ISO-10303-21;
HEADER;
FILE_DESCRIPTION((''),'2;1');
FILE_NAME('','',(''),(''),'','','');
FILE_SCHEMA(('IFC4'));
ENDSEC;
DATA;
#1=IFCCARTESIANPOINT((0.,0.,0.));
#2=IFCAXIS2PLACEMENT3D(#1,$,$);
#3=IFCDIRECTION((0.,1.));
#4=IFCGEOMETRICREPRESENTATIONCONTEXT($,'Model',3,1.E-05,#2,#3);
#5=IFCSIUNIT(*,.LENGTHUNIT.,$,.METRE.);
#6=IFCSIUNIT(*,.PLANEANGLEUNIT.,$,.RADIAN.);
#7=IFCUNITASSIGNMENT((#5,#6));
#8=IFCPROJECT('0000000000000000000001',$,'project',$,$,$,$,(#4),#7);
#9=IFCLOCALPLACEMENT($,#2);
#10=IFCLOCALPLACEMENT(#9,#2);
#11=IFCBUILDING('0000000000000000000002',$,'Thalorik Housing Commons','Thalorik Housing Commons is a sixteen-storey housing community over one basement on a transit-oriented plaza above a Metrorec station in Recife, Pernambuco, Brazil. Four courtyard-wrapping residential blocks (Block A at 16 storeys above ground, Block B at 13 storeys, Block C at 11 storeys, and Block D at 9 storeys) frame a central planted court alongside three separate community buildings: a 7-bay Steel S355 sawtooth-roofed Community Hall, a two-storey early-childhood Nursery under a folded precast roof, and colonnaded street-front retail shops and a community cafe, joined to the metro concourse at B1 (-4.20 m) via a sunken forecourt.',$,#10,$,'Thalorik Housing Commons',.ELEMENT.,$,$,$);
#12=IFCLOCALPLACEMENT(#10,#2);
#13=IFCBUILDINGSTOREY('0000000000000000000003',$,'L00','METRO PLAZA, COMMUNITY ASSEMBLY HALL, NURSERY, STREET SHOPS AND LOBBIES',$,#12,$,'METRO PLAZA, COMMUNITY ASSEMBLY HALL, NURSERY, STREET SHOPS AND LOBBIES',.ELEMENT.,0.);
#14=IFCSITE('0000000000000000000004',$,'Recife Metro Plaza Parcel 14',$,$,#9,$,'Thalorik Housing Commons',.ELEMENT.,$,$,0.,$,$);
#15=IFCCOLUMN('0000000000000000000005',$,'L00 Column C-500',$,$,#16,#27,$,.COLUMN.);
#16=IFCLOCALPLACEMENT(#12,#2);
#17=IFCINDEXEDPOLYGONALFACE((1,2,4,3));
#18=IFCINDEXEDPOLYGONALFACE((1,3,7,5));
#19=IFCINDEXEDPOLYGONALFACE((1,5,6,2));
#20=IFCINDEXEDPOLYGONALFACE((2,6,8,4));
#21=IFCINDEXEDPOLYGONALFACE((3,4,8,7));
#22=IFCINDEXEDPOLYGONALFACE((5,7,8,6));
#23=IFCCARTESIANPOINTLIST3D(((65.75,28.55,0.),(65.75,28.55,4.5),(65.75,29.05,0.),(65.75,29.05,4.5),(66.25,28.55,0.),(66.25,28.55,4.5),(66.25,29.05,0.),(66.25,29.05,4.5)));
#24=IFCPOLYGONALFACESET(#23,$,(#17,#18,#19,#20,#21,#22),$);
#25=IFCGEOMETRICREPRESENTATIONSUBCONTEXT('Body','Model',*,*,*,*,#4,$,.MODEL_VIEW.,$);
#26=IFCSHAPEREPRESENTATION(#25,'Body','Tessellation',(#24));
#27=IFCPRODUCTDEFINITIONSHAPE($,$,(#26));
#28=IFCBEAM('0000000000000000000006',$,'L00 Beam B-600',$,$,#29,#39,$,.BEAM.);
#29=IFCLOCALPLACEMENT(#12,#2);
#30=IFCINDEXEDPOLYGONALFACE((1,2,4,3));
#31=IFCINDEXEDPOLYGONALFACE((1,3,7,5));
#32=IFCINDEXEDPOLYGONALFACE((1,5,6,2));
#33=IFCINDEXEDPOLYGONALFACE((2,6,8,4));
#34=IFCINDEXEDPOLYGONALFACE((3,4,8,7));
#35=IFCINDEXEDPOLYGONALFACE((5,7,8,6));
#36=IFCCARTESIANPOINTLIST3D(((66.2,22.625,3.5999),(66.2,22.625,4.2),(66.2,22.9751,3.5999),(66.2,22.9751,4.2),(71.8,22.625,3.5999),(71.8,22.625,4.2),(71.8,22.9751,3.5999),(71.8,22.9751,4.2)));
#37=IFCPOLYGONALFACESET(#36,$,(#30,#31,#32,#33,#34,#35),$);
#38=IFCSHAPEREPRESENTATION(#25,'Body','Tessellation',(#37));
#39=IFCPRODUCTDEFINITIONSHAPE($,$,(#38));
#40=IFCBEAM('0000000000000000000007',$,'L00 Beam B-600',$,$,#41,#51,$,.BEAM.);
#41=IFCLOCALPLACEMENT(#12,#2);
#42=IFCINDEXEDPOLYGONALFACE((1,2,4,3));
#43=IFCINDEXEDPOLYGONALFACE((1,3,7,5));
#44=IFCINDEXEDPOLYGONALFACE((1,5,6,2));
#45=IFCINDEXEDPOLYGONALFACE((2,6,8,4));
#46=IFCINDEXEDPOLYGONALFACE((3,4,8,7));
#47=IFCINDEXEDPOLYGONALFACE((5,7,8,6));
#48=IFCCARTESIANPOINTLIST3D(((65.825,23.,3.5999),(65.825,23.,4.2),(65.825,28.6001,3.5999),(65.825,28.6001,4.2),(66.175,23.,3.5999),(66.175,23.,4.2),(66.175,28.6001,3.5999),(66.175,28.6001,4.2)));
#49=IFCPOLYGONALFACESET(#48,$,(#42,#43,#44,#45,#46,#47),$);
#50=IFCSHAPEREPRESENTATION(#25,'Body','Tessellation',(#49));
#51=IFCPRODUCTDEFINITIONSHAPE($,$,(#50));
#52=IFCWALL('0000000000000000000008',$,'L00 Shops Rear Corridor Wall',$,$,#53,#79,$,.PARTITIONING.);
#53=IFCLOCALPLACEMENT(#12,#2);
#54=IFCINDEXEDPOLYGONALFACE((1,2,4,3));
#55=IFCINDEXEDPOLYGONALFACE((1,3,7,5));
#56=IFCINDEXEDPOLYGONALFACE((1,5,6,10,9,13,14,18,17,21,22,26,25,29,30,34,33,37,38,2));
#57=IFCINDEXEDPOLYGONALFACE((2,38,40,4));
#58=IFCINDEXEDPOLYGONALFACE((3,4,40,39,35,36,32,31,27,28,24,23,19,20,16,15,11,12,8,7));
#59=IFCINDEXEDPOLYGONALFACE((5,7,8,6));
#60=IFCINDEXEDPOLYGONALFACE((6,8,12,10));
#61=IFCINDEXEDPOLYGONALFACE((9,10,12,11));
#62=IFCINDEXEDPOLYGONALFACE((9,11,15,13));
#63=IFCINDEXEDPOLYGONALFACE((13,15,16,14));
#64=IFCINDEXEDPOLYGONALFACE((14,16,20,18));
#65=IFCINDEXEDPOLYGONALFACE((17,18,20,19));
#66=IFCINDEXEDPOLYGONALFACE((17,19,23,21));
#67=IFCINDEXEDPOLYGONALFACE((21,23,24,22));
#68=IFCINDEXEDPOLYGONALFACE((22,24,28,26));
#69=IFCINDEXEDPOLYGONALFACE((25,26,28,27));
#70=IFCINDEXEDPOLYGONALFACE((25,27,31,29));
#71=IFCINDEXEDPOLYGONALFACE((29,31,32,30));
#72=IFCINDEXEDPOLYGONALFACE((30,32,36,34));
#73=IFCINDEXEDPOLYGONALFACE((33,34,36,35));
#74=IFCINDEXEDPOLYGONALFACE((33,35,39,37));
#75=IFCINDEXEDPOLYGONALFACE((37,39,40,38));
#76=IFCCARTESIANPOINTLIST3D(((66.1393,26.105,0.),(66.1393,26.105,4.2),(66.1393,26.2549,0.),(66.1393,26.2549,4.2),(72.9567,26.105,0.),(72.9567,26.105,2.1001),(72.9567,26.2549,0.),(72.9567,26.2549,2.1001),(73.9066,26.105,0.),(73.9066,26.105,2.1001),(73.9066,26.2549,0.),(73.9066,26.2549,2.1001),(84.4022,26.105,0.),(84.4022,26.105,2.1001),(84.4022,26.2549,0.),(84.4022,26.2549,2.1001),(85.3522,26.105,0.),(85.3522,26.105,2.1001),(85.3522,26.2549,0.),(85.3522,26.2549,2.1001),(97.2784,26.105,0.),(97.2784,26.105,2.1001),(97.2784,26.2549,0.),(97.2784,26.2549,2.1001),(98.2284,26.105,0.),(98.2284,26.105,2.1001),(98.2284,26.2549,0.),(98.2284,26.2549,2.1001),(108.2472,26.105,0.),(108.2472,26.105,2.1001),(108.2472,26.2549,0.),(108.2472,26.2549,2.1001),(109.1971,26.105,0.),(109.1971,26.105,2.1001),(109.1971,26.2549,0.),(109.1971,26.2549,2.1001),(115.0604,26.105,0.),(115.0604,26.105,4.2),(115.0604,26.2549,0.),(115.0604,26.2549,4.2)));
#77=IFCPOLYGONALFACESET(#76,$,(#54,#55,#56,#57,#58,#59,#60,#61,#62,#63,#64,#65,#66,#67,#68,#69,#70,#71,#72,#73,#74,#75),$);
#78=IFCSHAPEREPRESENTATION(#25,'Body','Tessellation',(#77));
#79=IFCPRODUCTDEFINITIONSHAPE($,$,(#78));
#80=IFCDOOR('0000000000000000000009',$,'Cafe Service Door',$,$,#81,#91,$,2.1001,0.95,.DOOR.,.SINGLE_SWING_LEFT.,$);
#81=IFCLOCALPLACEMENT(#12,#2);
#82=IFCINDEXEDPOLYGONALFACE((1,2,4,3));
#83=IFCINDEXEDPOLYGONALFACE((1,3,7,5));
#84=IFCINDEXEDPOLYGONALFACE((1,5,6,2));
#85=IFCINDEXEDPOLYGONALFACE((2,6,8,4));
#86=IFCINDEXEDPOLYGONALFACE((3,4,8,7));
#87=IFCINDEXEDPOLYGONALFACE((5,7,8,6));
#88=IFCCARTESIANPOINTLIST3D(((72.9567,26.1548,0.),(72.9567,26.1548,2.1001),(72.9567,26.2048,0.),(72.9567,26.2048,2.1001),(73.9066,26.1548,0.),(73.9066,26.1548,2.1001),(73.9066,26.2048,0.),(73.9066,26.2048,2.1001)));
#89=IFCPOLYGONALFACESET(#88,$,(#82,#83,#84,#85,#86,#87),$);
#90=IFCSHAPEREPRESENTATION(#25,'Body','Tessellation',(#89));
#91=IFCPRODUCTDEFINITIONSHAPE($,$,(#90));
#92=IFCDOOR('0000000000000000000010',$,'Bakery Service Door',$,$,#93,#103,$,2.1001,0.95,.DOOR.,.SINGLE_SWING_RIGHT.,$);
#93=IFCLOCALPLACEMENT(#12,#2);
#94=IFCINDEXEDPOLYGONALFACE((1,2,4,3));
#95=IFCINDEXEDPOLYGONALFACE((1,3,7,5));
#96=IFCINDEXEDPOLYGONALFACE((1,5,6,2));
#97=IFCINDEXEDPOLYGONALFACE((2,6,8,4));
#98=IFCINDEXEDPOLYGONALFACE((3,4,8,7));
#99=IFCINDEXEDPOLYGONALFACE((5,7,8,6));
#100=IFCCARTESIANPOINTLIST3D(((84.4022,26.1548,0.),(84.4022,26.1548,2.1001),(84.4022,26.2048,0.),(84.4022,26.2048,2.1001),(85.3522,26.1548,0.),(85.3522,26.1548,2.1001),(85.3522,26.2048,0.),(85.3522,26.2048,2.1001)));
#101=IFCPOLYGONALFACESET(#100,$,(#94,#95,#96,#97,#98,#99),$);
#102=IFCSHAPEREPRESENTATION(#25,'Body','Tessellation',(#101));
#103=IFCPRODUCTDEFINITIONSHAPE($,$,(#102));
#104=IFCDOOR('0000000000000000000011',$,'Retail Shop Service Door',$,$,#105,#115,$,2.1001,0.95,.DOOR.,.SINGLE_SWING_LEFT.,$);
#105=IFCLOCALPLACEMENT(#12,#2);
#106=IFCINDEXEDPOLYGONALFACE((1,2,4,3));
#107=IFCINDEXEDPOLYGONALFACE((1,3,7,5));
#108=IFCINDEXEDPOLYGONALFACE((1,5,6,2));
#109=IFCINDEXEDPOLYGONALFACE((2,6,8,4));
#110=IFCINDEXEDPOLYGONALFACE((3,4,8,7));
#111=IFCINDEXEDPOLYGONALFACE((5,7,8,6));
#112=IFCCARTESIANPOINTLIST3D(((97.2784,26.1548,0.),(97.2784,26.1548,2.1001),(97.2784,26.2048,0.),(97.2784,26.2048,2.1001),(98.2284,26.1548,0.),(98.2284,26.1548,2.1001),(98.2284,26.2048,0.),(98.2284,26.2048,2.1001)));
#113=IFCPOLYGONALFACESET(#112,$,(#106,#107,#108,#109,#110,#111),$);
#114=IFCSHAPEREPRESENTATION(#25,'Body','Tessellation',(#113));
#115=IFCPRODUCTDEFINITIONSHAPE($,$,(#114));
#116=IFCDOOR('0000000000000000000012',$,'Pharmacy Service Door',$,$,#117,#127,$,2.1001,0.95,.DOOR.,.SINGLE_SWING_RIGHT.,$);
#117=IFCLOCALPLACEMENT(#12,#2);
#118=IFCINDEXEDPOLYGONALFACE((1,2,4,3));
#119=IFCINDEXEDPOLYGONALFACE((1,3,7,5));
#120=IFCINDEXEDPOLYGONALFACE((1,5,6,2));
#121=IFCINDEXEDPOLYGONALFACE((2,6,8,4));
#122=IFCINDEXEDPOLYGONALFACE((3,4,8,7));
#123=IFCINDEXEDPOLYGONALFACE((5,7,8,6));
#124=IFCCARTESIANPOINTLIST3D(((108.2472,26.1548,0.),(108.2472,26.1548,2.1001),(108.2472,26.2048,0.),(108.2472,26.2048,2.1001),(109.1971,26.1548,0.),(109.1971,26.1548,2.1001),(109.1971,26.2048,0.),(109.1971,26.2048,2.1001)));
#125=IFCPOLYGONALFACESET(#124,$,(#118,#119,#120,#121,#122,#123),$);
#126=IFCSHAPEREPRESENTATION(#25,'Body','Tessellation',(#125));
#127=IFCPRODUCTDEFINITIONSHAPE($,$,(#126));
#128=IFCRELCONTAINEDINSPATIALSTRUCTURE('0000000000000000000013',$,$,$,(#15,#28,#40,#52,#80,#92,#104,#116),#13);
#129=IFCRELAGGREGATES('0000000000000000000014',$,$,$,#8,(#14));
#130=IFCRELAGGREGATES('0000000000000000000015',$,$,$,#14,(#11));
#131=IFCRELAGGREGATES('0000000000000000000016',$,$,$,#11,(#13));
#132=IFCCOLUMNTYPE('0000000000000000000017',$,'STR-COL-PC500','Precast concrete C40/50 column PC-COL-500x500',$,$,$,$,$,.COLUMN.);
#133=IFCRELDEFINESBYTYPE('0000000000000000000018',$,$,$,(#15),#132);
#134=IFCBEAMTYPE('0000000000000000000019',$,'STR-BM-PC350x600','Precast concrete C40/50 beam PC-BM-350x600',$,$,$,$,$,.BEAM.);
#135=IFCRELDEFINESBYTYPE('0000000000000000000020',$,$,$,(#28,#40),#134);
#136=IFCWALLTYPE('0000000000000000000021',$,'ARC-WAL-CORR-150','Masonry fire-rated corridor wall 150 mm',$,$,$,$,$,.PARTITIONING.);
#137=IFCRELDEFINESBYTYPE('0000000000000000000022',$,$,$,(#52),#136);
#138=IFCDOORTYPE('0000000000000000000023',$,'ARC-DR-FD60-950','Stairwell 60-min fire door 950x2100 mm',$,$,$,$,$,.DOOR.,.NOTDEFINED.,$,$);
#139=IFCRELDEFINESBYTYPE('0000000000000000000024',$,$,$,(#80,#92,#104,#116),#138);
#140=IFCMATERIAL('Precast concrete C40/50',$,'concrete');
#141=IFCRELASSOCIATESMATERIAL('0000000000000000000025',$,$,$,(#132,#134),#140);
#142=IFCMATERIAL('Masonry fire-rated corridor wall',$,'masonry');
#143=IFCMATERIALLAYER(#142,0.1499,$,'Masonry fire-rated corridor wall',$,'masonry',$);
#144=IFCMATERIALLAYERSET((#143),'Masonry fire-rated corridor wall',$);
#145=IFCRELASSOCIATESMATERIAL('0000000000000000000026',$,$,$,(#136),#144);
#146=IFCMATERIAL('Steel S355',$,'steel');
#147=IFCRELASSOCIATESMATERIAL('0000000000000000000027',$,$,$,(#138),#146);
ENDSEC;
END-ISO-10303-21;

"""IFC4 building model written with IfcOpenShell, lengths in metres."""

from ifc_helpers import new_model, si_unit, direction, frame, frame_2d, origin, origin_2d, place, context, subcontext, project, spatial, rectangle, extrude, material, layer, layer_set, material_profile, profile_set, type_object, element, fill, save


model = new_model("IFC4")

# Units and contexts
model_context = context("Model", 3, precision=1e-05, world=origin(), true_north=direction((0.0, 1.0)))
body_context = subcontext(model_context, "Body", "Model", "MODEL_VIEW")
ifc_project = project(units=[si_unit("LENGTHUNIT", "METRE"), si_unit("PLANEANGLEUNIT", "RADIAN")], contexts=[model_context])

# Site, building, storey
site_placement = place(None, origin())
site = spatial("IfcSite", under=ifc_project, at=site_placement, Name="Recife Metro Plaza Parcel 14", LongName="Thalorik Housing Commons", CompositionType="ELEMENT", RefElevation=0.0)
building_placement = place(site_placement, origin())
building = spatial("IfcBuilding", under=site, at=building_placement, Name="Thalorik Housing Commons", Description="Thalorik Housing Commons is a sixteen-storey housing community over one basement on a transit-oriented plaza above a Metrorec station in Recife, Pernambuco, Brazil. Four courtyard-wrapping residential blocks (Block A at 16 storeys above ground, Block B at 13 storeys, Block C at 11 storeys, and Block D at 9 storeys) frame a central planted court alongside three separate community buildings: a 7-bay Steel S355 sawtooth-roofed Community Hall, a two-storey early-childhood Nursery under a folded precast roof, and colonnaded street-front retail shops and a community cafe, joined to the metro concourse at B1 (-4.20 m) via a sunken forecourt.", LongName="Thalorik Housing Commons", CompositionType="ELEMENT")
storey_placement = place(building_placement, origin())
storey = spatial("IfcBuildingStorey", under=building, at=storey_placement, Name="L00", Description="METRO PLAZA, COMMUNITY ASSEMBLY HALL, NURSERY, STREET SHOPS AND LOBBIES", LongName="METRO PLAZA, COMMUNITY ASSEMBLY HALL, NURSERY, STREET SHOPS AND LOBBIES", CompositionType="ELEMENT", Elevation=0.0)

# Column
ifc_material_1 = material(Name="Precast concrete C40/50", Category="concrete")
ifc_material_profile_1 = material_profile(ifc_material_1, rectangle(XDim=0.5, YDim=0.5, at=origin_2d()), Name="PC 500x500", Category="concrete")
ifc_profile_set_1 = profile_set([ifc_material_profile_1], Name="Precast concrete C40/50")
column_type = type_object("IfcColumnType", Name="STR-COL-PC500", Description="Precast concrete C40/50 column PC-COL-500x500", PredefinedType="COLUMN", material=ifc_profile_set_1)
column_placement = place(storey_placement, frame((66.0, 28.8, 0.0), z_axis=(0.0, 0.0, 1.0), x_axis=(1.0, 0.0, 0.0)))
element("IfcColumn", 1, at=column_placement, inside=storey, type_object=column_type, Name="L00 Column C-500", PredefinedType="COLUMN", context=body_context, shape_type="SweptSolid", body=[
    extrude(rectangle(XDim=0.5, YDim=0.5, at=origin_2d()), origin(), (0.0, 0.0, 1.0), 4.5),
])

# Beams
ifc_material_profile_2 = material_profile(ifc_material_1, rectangle(XDim=0.3501, YDim=0.6001, at=origin_2d()), Name="PC 350x600", Category="concrete")
ifc_profile_set_2 = profile_set([ifc_material_profile_2], Name="Precast concrete C40/50")
beam_type = type_object("IfcBeamType", Name="STR-BM-PC350x600", Description="Precast concrete C40/50 beam PC-BM-350x600", PredefinedType="BEAM", material=ifc_profile_set_2)
for number, where, z_axis, x_axis, name in (
    (2, (66.2, 22.8, 3.8999), (1.0, 0.0, 0.0), (0.0, 1.0, 0.0), "L00 Beam B-600"),
    (3, (66.0, 23.0, 3.8999), (0.0, 1.0, 0.0), (-1.0, 0.0, 0.0), "L00 Beam B-600"),
):
    element("IfcBeam", number, at=place(storey_placement, frame(where, z_axis=z_axis, x_axis=x_axis)), inside=storey, type_object=beam_type, Name=name, PredefinedType="BEAM", context=body_context, shape_type="SweptSolid", body=[
        extrude(rectangle(XDim=0.3501, YDim=0.6001, at=origin_2d()), origin(), (0.0, 0.0, 1.0), 5.6001),
    ])

# Wall, openings, doors
ifc_material_2 = material(Name="Masonry fire-rated corridor wall", Category="masonry")
ifc_layer_1 = layer(ifc_material_2, 0.1499, Name="Masonry fire-rated corridor wall", Category="masonry")
ifc_layer_set_1 = layer_set([ifc_layer_1], Name="Masonry fire-rated corridor wall")
wall_type_1 = type_object("IfcWallType", Name="ARC-WAL-CORR-150", Description="Masonry fire-rated corridor wall 150 mm", PredefinedType="PARTITIONING", material=ifc_layer_set_1)
wall_1_placement = place(storey_placement, frame((66.1394, 26.1799, 0.0), z_axis=(0.0, 0.0, 1.0), x_axis=(1.0, 0.0, 0.0)))
wall_1 = element("IfcWall", 4, at=wall_1_placement, inside=storey, type_object=wall_type_1, Name="L00 Shops Rear Corridor Wall", PredefinedType="PARTITIONING", context=body_context, shape_type="SweptSolid", body=[
    extrude(rectangle(XDim=48.9211, YDim=0.1499, at=frame_2d((24.4604, 0.0))), origin(), (0.0, 0.0, 1.0), 4.2),
])
opening_1_placement = place(wall_1_placement, frame((6.8171, 0.0, 0.0)))
opening_1 = element("IfcOpeningElement", 5, at=opening_1_placement, cuts=wall_1, PredefinedType="OPENING", context=body_context, shape_type="SweptSolid", body=[
    extrude(rectangle(XDim=0.95, YDim=2.1001, at=frame_2d((0.4751, 1.05))), frame((0.0, 0.085, 0.0), z_axis=(0.0, -1.0, 0.0), x_axis=(1.0, 0.0, 0.0)), (0.0, 0.0, 1.0), 0.1699),
])
opening_2_placement = place(wall_1_placement, frame((18.2627, 0.0, 0.0)))
opening_2 = element("IfcOpeningElement", 6, at=opening_2_placement, cuts=wall_1, PredefinedType="OPENING", context=body_context, shape_type="SweptSolid", body=[
    extrude(rectangle(XDim=0.95, YDim=2.1001, at=frame_2d((0.4751, 1.05))), frame((0.0, 0.085, 0.0), z_axis=(0.0, -1.0, 0.0), x_axis=(1.0, 0.0, 0.0)), (0.0, 0.0, 1.0), 0.1699),
])
opening_3_placement = place(wall_1_placement, frame((31.1389, 0.0, 0.0)))
opening_3 = element("IfcOpeningElement", 7, at=opening_3_placement, cuts=wall_1, PredefinedType="OPENING", context=body_context, shape_type="SweptSolid", body=[
    extrude(rectangle(XDim=0.95, YDim=2.1001, at=frame_2d((0.4751, 1.05))), frame((0.0, 0.085, 0.0), z_axis=(0.0, -1.0, 0.0), x_axis=(1.0, 0.0, 0.0)), (0.0, 0.0, 1.0), 0.1699),
])
opening_4_placement = place(wall_1_placement, frame((42.1077, 0.0, 0.0)))
opening_4 = element("IfcOpeningElement", 8, at=opening_4_placement, cuts=wall_1, PredefinedType="OPENING", context=body_context, shape_type="SweptSolid", body=[
    extrude(rectangle(XDim=0.95, YDim=2.1001, at=frame_2d((0.4751, 1.05))), frame((0.0, 0.085, 0.0), z_axis=(0.0, -1.0, 0.0), x_axis=(1.0, 0.0, 0.0)), (0.0, 0.0, 1.0), 0.1699),
])
ifc_material_3 = material(Name="Steel S355", Category="steel")
door_type = type_object("IfcDoorType", Name="ARC-DR-FD60-950", Description="Stairwell 60-min fire door 950x2100 mm", OperationType="NOTDEFINED", PredefinedType="DOOR", material=ifc_material_3)
door_1_placement = place(opening_1_placement, origin())
door_1 = element("IfcDoor", 9, at=door_1_placement, inside=storey, type_object=door_type, Name="Cafe Service Door", OperationType="SINGLE_SWING_LEFT", OverallHeight=2.1001, OverallWidth=0.95, PredefinedType="DOOR", context=body_context, shape_type="SweptSolid", body=[
    extrude(rectangle(XDim=0.95, YDim=2.1001, at=frame_2d((0.4751, 1.05))), frame((0.0, 0.0249, 0.0), z_axis=(0.0, -1.0, 0.0), x_axis=(1.0, 0.0, 0.0)), (0.0, 0.0, 1.0), 0.05),
])
fill(opening_1, door_1)
door_2_placement = place(opening_2_placement, origin())
door_2 = element("IfcDoor", 10, at=door_2_placement, inside=storey, type_object=door_type, Name="Bakery Service Door", OperationType="SINGLE_SWING_RIGHT", OverallHeight=2.1001, OverallWidth=0.95, PredefinedType="DOOR", context=body_context, shape_type="SweptSolid", body=[
    extrude(rectangle(XDim=0.95, YDim=2.1001, at=frame_2d((0.4751, 1.05))), frame((0.0, 0.0249, 0.0), z_axis=(0.0, -1.0, 0.0), x_axis=(1.0, 0.0, 0.0)), (0.0, 0.0, 1.0), 0.05),
])
fill(opening_2, door_2)
door_3_placement = place(opening_3_placement, origin())
door_3 = element("IfcDoor", 11, at=door_3_placement, inside=storey, type_object=door_type, Name="Retail Shop Service Door", OperationType="SINGLE_SWING_LEFT", OverallHeight=2.1001, OverallWidth=0.95, PredefinedType="DOOR", context=body_context, shape_type="SweptSolid", body=[
    extrude(rectangle(XDim=0.95, YDim=2.1001, at=frame_2d((0.4751, 1.05))), frame((0.0, 0.0249, 0.0), z_axis=(0.0, -1.0, 0.0), x_axis=(1.0, 0.0, 0.0)), (0.0, 0.0, 1.0), 0.05),
])
fill(opening_3, door_3)
door_4_placement = place(opening_4_placement, origin())
door_4 = element("IfcDoor", 12, at=door_4_placement, inside=storey, type_object=door_type, Name="Pharmacy Service Door", OperationType="SINGLE_SWING_RIGHT", OverallHeight=2.1001, OverallWidth=0.95, PredefinedType="DOOR", context=body_context, shape_type="SweptSolid", body=[
    extrude(rectangle(XDim=0.95, YDim=2.1001, at=frame_2d((0.4751, 1.05))), frame((0.0, 0.0249, 0.0), z_axis=(0.0, -1.0, 0.0), x_axis=(1.0, 0.0, 0.0)), (0.0, 0.0, 1.0), 0.05),
])
fill(opening_4, door_4)

save(model, "model.ifc")
